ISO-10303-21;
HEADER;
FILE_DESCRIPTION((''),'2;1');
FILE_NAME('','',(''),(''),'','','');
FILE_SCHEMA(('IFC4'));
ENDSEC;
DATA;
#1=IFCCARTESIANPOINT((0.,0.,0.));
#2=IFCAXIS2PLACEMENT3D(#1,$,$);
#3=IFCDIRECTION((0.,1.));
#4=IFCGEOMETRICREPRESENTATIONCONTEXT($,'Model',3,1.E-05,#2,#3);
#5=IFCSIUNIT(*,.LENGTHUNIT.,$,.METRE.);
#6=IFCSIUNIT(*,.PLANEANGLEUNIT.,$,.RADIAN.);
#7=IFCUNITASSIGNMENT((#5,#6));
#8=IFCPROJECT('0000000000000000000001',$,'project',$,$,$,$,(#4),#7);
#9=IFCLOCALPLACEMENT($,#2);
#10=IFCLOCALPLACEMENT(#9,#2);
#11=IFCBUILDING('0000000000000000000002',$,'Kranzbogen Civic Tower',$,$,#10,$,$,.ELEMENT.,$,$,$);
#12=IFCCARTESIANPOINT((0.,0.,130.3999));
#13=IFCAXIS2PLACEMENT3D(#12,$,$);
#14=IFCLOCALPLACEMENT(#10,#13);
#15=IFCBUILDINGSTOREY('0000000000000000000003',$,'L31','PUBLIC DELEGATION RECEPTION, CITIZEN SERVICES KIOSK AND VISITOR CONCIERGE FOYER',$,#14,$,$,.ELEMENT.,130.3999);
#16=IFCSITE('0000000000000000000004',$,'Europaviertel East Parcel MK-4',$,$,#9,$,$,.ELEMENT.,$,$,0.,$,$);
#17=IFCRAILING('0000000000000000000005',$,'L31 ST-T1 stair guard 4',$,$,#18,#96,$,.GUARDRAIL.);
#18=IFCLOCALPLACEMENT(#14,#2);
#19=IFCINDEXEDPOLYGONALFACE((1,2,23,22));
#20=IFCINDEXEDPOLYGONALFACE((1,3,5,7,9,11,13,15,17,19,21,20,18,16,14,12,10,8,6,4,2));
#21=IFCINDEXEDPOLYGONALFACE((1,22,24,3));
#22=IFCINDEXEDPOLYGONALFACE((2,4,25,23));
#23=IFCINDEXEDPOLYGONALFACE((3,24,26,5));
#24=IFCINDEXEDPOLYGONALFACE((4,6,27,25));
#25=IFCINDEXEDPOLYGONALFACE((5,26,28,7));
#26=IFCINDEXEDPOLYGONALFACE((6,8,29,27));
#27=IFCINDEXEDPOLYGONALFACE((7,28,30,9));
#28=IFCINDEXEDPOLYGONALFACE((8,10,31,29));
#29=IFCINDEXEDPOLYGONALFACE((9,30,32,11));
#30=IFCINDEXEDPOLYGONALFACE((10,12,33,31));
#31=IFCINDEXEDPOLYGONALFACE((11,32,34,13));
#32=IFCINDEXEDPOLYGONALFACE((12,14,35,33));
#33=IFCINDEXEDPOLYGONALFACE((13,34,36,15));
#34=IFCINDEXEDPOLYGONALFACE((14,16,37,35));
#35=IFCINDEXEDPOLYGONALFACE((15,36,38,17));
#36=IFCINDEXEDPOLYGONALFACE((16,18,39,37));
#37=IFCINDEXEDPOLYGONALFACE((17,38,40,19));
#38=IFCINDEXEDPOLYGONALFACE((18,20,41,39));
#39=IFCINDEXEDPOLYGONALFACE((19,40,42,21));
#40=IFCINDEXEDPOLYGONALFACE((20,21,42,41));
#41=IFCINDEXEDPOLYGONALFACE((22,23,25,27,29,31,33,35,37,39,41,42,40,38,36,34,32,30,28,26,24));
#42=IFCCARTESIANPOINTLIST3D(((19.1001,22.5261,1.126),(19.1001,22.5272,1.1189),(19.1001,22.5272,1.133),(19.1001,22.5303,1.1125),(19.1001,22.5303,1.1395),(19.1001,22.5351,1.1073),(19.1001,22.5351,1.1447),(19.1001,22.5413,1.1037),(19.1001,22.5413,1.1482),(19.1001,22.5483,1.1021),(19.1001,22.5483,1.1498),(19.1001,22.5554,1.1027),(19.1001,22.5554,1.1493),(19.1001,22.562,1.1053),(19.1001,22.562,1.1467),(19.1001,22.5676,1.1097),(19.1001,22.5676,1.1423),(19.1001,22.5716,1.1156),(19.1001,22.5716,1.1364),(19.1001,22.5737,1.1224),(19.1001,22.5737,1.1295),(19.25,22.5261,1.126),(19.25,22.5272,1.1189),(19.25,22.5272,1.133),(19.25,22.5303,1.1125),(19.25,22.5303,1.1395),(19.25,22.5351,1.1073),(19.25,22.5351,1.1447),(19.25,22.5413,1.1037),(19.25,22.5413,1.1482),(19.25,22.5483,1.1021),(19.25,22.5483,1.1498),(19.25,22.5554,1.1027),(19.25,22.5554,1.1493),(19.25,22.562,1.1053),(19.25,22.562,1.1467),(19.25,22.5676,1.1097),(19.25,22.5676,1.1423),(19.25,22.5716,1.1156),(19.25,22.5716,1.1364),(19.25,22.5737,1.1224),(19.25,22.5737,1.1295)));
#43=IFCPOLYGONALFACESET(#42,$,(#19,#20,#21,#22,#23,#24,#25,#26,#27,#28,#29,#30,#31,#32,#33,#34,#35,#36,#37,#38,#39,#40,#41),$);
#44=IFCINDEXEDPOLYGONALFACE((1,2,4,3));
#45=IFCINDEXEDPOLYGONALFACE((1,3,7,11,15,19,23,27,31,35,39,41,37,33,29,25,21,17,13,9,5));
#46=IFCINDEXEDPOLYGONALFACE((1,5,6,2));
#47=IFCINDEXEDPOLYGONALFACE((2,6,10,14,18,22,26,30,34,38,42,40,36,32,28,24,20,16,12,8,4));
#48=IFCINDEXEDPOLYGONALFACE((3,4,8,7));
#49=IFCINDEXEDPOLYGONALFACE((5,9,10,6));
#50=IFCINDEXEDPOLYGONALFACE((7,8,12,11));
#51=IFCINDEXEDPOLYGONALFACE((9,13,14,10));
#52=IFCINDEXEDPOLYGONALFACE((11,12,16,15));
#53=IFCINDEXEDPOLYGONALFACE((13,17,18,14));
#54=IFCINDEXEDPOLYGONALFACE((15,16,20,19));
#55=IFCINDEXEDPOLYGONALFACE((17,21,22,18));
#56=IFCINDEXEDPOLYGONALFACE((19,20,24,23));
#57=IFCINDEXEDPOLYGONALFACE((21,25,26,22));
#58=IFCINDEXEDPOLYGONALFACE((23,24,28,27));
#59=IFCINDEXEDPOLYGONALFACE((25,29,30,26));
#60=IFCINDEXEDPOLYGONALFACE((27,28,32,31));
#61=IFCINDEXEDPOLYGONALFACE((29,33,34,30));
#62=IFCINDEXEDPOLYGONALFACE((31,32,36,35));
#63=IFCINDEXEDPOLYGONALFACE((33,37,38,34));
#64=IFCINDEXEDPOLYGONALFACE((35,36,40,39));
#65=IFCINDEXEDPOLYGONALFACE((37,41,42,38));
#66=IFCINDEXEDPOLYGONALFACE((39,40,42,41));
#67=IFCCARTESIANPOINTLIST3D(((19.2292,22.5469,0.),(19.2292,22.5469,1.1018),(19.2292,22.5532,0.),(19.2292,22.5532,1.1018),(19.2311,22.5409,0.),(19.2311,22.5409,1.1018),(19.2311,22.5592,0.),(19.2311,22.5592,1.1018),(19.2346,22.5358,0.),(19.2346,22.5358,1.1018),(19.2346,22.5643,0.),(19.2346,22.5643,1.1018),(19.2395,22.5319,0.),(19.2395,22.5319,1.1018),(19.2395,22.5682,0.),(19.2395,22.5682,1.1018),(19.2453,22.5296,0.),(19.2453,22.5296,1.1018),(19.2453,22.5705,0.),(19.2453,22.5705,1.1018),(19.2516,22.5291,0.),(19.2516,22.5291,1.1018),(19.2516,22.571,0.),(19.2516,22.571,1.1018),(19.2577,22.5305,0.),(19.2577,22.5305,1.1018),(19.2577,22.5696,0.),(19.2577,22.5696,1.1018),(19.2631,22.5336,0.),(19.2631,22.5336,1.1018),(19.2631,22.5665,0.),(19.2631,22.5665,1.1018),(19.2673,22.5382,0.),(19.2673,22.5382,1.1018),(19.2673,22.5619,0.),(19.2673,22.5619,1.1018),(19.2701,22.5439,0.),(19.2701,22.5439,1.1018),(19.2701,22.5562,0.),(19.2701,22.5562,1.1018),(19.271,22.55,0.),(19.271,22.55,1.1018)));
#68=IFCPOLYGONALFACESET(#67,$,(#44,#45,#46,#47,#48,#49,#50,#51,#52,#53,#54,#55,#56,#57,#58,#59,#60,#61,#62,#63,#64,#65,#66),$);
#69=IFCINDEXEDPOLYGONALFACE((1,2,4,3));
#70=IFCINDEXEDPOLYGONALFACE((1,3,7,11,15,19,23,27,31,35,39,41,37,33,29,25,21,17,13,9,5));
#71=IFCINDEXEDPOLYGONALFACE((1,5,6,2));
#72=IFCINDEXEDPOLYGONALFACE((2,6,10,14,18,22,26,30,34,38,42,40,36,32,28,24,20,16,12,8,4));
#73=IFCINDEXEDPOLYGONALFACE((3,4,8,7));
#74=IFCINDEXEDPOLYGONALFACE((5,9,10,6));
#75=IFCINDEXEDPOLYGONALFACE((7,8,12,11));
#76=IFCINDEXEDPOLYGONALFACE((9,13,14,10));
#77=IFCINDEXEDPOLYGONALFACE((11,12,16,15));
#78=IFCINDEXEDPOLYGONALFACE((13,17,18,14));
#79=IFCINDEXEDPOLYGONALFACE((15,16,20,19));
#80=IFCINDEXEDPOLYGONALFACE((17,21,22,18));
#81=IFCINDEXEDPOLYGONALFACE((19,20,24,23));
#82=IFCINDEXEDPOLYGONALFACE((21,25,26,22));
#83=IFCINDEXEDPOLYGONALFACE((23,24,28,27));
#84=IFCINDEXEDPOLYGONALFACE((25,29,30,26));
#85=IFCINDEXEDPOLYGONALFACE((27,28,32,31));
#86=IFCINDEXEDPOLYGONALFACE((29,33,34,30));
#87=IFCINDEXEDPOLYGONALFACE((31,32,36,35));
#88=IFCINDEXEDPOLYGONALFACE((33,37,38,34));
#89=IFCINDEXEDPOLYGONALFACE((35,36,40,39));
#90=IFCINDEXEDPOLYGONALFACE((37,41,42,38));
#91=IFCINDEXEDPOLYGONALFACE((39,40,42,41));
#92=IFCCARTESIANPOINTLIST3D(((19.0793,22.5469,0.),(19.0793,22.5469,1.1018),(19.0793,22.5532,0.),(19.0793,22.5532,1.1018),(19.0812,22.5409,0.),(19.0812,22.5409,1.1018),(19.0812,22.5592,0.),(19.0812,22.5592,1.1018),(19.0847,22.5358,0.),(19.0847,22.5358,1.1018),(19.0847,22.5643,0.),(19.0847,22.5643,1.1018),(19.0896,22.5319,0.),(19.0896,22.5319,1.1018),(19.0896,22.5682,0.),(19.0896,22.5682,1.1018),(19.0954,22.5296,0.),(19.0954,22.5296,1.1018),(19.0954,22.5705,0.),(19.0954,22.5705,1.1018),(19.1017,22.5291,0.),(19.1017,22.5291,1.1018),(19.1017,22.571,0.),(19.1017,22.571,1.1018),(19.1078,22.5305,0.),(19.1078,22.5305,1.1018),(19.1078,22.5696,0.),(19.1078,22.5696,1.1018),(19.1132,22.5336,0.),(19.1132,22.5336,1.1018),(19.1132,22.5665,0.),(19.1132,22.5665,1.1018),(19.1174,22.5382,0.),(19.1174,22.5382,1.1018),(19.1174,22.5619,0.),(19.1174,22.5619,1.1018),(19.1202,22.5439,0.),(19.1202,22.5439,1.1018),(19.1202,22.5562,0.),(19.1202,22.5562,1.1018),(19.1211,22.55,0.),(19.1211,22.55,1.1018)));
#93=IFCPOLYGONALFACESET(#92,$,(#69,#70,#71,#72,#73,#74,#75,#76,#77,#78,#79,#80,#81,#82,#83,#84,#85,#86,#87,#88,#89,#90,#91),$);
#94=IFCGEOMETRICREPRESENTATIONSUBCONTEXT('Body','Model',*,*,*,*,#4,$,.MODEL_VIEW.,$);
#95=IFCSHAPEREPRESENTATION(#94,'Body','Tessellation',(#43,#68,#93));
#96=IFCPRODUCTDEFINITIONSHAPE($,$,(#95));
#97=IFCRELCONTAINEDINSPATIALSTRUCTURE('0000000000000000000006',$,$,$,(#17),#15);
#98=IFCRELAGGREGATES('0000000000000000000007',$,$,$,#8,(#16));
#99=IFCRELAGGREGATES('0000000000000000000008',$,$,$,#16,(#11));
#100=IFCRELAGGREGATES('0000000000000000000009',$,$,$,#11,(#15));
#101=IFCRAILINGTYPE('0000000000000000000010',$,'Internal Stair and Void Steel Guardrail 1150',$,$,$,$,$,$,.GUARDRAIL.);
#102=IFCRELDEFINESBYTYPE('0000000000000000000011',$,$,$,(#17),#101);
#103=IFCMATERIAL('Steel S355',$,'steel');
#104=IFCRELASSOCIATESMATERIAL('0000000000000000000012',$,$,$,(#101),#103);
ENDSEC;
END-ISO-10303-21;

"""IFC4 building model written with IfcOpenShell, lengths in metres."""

from ifc_helpers import new_model, si_unit, direction, frame, origin, origin_2d, place, context, subcontext, project, spatial, circle, extrude, material, type_object, element, save


model = new_model("IFC4")

# Units and contexts
model_context = context("Model", 3, precision=1e-05, world=origin(), true_north=direction((0.0, 1.0)))
body_context = subcontext(model_context, "Body", "Model", "MODEL_VIEW")
ifc_project = project(units=[si_unit("LENGTHUNIT", "METRE"), si_unit("PLANEANGLEUNIT", "RADIAN")], contexts=[model_context])

# Site, building, storey
site_placement = place(None, origin())
site = spatial("IfcSite", under=ifc_project, at=site_placement, Name="Europaviertel East Parcel MK-4", CompositionType="ELEMENT", RefElevation=0.0)
building_placement = place(site_placement, origin())
building = spatial("IfcBuilding", under=site, at=building_placement, Name="Kranzbogen Civic Tower", CompositionType="ELEMENT")
storey_placement = place(building_placement, frame((0.0, 0.0, 130.3999)))
storey = spatial("IfcBuildingStorey", under=building, at=storey_placement, Name="L31", Description="PUBLIC DELEGATION RECEPTION, CITIZEN SERVICES KIOSK AND VISITOR CONCIERGE FOYER", CompositionType="ELEMENT", Elevation=130.3999)

# Shared definitions
ifc_material_1 = material(Name="Steel S355", Category="steel")

# Railing
railing_type_1 = type_object("IfcRailingType", Name="Internal Stair and Void Steel Guardrail 1150", PredefinedType="GUARDRAIL", material=ifc_material_1)
railing_1_placement = place(storey_placement, frame((19.25, 22.55, 0.0)))
element("IfcRailing", 1, at=railing_1_placement, inside=storey, type_object=railing_type_1, Name="L31 ST-T1 stair guard 4", PredefinedType="GUARDRAIL", context=body_context, shape_type="SweptSolid", body=[
    extrude(circle(Radius=0.0239, at=origin_2d()), frame((0.0, 0.0, 1.126), z_axis=(-1.0, 0.0, 0.0), x_axis=(0.0, -1.0, 0.0)), (0.0, 0.0, 1.0), 0.1499),
    extrude(circle(Radius=0.021, at=origin_2d()), origin(), (0.0, 0.0, 1.0), 1.1018),
    extrude(circle(Radius=0.021, at=origin_2d()), frame((-0.1499, 0.0, 0.0)), (0.0, 0.0, 1.0), 1.1018),
])

save(model, "model.ifc")
